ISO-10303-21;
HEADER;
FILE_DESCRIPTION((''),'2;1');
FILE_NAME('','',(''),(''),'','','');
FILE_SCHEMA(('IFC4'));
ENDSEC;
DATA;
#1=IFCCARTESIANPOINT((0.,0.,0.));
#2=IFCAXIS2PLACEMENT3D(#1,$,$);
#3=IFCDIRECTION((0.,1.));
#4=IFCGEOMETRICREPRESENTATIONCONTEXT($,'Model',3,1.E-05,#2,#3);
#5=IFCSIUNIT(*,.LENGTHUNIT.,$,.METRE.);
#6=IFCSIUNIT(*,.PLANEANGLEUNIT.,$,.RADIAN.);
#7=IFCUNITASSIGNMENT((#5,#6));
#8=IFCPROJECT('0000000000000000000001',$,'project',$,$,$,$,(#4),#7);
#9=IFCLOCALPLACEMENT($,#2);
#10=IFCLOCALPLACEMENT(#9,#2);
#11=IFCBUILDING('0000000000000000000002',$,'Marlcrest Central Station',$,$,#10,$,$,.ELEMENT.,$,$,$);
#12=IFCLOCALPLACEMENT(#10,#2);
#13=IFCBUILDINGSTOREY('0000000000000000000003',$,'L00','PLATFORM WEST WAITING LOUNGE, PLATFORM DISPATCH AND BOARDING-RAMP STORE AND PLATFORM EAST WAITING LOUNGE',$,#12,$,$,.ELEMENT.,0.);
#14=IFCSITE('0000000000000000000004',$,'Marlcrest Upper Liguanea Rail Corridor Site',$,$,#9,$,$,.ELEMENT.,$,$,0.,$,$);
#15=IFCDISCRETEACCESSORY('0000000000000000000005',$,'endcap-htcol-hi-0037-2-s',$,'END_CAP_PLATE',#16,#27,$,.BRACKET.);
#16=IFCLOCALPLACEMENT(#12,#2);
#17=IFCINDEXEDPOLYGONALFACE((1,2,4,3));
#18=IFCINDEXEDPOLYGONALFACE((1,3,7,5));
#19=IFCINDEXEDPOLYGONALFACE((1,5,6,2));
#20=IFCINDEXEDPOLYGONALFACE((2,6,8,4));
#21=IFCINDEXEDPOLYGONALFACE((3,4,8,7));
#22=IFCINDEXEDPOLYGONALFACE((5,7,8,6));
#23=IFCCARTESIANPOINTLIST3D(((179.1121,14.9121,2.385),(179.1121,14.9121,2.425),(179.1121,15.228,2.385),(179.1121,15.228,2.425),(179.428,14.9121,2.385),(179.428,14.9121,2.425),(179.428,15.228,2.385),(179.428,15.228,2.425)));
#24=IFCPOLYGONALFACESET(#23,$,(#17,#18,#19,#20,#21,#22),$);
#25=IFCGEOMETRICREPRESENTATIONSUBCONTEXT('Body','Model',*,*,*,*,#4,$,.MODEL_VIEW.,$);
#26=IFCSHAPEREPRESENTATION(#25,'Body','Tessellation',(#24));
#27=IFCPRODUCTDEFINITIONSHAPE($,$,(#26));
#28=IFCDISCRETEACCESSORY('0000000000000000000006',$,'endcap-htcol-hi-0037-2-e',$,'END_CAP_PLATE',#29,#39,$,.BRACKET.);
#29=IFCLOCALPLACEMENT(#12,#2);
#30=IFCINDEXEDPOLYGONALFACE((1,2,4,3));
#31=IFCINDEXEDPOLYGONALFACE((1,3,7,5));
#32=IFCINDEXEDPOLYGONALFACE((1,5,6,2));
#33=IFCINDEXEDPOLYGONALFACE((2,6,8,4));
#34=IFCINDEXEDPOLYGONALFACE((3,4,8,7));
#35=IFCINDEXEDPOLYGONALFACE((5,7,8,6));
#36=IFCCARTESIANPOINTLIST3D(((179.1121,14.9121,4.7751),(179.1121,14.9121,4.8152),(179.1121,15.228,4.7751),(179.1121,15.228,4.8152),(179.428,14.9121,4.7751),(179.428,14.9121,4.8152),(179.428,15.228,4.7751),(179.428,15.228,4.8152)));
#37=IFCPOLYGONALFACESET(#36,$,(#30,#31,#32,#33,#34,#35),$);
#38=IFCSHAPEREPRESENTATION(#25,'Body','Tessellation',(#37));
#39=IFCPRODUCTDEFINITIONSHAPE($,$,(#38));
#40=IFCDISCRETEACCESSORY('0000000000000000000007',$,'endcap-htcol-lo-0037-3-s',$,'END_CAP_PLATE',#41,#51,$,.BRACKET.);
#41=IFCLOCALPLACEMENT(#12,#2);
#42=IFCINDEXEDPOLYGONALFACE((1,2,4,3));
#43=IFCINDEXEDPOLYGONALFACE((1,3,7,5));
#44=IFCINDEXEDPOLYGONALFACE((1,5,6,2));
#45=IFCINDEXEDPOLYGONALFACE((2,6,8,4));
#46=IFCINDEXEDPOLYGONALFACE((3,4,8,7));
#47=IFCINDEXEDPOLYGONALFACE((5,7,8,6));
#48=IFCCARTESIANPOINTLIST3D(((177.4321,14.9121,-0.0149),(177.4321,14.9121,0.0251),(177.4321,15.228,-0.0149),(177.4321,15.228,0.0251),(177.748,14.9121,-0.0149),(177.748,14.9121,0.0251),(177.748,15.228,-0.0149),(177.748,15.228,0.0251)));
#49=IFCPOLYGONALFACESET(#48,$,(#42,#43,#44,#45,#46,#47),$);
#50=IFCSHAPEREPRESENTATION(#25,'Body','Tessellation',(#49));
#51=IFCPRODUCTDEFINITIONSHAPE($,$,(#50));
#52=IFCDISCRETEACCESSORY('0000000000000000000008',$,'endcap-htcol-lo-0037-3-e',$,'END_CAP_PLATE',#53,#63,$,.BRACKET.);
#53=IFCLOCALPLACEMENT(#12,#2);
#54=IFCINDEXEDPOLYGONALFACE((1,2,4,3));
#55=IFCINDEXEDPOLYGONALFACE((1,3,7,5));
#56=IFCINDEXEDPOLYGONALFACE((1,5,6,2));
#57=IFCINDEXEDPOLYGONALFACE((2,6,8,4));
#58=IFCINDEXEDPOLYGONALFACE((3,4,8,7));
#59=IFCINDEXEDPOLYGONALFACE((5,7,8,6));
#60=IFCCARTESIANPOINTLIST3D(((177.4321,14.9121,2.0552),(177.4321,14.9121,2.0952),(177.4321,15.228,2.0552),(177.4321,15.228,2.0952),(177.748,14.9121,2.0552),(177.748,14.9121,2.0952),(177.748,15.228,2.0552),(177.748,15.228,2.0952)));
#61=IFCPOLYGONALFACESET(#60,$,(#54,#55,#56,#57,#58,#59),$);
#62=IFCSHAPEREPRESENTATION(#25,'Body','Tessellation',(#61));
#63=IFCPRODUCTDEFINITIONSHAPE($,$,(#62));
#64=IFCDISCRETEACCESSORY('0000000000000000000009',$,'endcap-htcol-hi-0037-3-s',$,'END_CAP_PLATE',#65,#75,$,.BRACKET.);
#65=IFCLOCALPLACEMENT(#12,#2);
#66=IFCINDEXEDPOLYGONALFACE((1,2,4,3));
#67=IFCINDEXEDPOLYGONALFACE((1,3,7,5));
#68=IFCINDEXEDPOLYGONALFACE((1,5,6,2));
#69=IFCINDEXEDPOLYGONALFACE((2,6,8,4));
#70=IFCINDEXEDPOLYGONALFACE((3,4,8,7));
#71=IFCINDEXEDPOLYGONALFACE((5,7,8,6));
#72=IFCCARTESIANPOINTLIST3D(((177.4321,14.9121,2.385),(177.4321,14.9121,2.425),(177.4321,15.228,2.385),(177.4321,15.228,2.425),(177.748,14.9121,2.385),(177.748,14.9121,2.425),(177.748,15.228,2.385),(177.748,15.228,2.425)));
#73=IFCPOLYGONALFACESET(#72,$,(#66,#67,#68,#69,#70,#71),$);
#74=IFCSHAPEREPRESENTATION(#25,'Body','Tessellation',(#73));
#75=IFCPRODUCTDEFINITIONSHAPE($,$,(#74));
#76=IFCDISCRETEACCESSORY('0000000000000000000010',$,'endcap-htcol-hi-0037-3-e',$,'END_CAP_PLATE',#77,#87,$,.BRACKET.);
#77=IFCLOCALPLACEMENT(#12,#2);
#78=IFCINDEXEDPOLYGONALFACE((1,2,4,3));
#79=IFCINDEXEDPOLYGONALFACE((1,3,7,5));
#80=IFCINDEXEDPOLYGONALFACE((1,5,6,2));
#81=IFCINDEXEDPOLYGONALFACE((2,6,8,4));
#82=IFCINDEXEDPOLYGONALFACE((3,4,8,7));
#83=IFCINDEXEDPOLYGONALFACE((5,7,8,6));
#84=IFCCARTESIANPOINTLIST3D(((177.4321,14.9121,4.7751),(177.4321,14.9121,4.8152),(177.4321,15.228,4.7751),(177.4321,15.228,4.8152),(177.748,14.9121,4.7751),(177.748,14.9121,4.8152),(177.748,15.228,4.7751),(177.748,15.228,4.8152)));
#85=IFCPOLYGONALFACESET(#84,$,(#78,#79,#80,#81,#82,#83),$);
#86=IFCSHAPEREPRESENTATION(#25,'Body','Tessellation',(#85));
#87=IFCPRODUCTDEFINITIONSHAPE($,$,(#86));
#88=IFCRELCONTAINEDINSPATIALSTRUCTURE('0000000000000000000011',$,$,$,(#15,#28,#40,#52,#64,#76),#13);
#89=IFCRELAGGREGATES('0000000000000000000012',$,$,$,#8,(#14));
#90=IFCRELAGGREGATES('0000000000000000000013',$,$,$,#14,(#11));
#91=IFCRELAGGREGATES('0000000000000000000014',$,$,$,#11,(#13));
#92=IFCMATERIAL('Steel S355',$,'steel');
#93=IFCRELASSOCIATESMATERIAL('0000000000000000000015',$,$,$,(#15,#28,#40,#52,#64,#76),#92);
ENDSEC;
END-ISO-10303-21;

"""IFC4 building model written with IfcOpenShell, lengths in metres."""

from ifc_helpers import new_model, si_unit, direction, frame, origin, origin_2d, place, context, subcontext, project, spatial, rectangle, extrude, material, element, save


model = new_model("IFC4")

# Units and contexts
model_context = context("Model", 3, precision=1e-05, world=origin(), true_north=direction((0.0, 1.0)))
body_context = subcontext(model_context, "Body", "Model", "MODEL_VIEW")
ifc_project = project(units=[si_unit("LENGTHUNIT", "METRE"), si_unit("PLANEANGLEUNIT", "RADIAN")], contexts=[model_context])

# Site, building, storey
site_placement = place(None, origin())
site = spatial("IfcSite", under=ifc_project, at=site_placement, Name="Marlcrest Upper Liguanea Rail Corridor Site", CompositionType="ELEMENT", RefElevation=0.0)
building_placement = place(site_placement, origin())
building = spatial("IfcBuilding", under=site, at=building_placement, Name="Marlcrest Central Station", CompositionType="ELEMENT")
storey_placement = place(building_placement, origin())
storey = spatial("IfcBuildingStorey", under=building, at=storey_placement, Name="L00", Description="PLATFORM WEST WAITING LOUNGE, PLATFORM DISPATCH AND BOARDING-RAMP STORE AND PLATFORM EAST WAITING LOUNGE", CompositionType="ELEMENT", Elevation=0.0)

# Shared definitions
ifc_material_1 = material(Name="Steel S355", Category="steel")

# Discrete accessories
for number, where, z_axis, x_axis, name in (
    (1, (179.27, 15.0701, 2.385), (0.0, 0.0, 1.0), (1.0, 0.0, 0.0), "endcap-htcol-hi-0037-2-s"),
    (2, (179.27, 15.0701, 4.7751), (0.0, 0.0, 1.0), (1.0, 0.0, 0.0), "endcap-htcol-hi-0037-2-e"),
    (3, (177.5901, 15.0701, -0.0149), (0.0, 0.0, 1.0), (1.0, 0.0, 0.0), "endcap-htcol-lo-0037-3-s"),
    (4, (177.5901, 15.0701, 2.0552), (0.0, 0.0, 1.0), (1.0, 0.0, 0.0), "endcap-htcol-lo-0037-3-e"),
    (5, (177.5901, 15.0701, 2.385), (0.0, 0.0, 1.0), (1.0, 0.0, 0.0), "endcap-htcol-hi-0037-3-s"),
    (6, (177.5901, 15.0701, 4.7751), (0.0, 0.0, 1.0), (1.0, 0.0, 0.0), "endcap-htcol-hi-0037-3-e"),
):
    element("IfcDiscreteAccessory", number, at=place(storey_placement, frame(where, z_axis=z_axis, x_axis=x_axis)), inside=storey, material=ifc_material_1, Name=name, ObjectType="END_CAP_PLATE", PredefinedType="BRACKET", context=body_context, shape_type="SweptSolid", body=[
        extrude(rectangle(XDim=0.3159, YDim=0.3159, at=origin_2d()), origin(), (0.0, 0.0, 1.0), 0.04),
    ])

save(model, "model.ifc")
